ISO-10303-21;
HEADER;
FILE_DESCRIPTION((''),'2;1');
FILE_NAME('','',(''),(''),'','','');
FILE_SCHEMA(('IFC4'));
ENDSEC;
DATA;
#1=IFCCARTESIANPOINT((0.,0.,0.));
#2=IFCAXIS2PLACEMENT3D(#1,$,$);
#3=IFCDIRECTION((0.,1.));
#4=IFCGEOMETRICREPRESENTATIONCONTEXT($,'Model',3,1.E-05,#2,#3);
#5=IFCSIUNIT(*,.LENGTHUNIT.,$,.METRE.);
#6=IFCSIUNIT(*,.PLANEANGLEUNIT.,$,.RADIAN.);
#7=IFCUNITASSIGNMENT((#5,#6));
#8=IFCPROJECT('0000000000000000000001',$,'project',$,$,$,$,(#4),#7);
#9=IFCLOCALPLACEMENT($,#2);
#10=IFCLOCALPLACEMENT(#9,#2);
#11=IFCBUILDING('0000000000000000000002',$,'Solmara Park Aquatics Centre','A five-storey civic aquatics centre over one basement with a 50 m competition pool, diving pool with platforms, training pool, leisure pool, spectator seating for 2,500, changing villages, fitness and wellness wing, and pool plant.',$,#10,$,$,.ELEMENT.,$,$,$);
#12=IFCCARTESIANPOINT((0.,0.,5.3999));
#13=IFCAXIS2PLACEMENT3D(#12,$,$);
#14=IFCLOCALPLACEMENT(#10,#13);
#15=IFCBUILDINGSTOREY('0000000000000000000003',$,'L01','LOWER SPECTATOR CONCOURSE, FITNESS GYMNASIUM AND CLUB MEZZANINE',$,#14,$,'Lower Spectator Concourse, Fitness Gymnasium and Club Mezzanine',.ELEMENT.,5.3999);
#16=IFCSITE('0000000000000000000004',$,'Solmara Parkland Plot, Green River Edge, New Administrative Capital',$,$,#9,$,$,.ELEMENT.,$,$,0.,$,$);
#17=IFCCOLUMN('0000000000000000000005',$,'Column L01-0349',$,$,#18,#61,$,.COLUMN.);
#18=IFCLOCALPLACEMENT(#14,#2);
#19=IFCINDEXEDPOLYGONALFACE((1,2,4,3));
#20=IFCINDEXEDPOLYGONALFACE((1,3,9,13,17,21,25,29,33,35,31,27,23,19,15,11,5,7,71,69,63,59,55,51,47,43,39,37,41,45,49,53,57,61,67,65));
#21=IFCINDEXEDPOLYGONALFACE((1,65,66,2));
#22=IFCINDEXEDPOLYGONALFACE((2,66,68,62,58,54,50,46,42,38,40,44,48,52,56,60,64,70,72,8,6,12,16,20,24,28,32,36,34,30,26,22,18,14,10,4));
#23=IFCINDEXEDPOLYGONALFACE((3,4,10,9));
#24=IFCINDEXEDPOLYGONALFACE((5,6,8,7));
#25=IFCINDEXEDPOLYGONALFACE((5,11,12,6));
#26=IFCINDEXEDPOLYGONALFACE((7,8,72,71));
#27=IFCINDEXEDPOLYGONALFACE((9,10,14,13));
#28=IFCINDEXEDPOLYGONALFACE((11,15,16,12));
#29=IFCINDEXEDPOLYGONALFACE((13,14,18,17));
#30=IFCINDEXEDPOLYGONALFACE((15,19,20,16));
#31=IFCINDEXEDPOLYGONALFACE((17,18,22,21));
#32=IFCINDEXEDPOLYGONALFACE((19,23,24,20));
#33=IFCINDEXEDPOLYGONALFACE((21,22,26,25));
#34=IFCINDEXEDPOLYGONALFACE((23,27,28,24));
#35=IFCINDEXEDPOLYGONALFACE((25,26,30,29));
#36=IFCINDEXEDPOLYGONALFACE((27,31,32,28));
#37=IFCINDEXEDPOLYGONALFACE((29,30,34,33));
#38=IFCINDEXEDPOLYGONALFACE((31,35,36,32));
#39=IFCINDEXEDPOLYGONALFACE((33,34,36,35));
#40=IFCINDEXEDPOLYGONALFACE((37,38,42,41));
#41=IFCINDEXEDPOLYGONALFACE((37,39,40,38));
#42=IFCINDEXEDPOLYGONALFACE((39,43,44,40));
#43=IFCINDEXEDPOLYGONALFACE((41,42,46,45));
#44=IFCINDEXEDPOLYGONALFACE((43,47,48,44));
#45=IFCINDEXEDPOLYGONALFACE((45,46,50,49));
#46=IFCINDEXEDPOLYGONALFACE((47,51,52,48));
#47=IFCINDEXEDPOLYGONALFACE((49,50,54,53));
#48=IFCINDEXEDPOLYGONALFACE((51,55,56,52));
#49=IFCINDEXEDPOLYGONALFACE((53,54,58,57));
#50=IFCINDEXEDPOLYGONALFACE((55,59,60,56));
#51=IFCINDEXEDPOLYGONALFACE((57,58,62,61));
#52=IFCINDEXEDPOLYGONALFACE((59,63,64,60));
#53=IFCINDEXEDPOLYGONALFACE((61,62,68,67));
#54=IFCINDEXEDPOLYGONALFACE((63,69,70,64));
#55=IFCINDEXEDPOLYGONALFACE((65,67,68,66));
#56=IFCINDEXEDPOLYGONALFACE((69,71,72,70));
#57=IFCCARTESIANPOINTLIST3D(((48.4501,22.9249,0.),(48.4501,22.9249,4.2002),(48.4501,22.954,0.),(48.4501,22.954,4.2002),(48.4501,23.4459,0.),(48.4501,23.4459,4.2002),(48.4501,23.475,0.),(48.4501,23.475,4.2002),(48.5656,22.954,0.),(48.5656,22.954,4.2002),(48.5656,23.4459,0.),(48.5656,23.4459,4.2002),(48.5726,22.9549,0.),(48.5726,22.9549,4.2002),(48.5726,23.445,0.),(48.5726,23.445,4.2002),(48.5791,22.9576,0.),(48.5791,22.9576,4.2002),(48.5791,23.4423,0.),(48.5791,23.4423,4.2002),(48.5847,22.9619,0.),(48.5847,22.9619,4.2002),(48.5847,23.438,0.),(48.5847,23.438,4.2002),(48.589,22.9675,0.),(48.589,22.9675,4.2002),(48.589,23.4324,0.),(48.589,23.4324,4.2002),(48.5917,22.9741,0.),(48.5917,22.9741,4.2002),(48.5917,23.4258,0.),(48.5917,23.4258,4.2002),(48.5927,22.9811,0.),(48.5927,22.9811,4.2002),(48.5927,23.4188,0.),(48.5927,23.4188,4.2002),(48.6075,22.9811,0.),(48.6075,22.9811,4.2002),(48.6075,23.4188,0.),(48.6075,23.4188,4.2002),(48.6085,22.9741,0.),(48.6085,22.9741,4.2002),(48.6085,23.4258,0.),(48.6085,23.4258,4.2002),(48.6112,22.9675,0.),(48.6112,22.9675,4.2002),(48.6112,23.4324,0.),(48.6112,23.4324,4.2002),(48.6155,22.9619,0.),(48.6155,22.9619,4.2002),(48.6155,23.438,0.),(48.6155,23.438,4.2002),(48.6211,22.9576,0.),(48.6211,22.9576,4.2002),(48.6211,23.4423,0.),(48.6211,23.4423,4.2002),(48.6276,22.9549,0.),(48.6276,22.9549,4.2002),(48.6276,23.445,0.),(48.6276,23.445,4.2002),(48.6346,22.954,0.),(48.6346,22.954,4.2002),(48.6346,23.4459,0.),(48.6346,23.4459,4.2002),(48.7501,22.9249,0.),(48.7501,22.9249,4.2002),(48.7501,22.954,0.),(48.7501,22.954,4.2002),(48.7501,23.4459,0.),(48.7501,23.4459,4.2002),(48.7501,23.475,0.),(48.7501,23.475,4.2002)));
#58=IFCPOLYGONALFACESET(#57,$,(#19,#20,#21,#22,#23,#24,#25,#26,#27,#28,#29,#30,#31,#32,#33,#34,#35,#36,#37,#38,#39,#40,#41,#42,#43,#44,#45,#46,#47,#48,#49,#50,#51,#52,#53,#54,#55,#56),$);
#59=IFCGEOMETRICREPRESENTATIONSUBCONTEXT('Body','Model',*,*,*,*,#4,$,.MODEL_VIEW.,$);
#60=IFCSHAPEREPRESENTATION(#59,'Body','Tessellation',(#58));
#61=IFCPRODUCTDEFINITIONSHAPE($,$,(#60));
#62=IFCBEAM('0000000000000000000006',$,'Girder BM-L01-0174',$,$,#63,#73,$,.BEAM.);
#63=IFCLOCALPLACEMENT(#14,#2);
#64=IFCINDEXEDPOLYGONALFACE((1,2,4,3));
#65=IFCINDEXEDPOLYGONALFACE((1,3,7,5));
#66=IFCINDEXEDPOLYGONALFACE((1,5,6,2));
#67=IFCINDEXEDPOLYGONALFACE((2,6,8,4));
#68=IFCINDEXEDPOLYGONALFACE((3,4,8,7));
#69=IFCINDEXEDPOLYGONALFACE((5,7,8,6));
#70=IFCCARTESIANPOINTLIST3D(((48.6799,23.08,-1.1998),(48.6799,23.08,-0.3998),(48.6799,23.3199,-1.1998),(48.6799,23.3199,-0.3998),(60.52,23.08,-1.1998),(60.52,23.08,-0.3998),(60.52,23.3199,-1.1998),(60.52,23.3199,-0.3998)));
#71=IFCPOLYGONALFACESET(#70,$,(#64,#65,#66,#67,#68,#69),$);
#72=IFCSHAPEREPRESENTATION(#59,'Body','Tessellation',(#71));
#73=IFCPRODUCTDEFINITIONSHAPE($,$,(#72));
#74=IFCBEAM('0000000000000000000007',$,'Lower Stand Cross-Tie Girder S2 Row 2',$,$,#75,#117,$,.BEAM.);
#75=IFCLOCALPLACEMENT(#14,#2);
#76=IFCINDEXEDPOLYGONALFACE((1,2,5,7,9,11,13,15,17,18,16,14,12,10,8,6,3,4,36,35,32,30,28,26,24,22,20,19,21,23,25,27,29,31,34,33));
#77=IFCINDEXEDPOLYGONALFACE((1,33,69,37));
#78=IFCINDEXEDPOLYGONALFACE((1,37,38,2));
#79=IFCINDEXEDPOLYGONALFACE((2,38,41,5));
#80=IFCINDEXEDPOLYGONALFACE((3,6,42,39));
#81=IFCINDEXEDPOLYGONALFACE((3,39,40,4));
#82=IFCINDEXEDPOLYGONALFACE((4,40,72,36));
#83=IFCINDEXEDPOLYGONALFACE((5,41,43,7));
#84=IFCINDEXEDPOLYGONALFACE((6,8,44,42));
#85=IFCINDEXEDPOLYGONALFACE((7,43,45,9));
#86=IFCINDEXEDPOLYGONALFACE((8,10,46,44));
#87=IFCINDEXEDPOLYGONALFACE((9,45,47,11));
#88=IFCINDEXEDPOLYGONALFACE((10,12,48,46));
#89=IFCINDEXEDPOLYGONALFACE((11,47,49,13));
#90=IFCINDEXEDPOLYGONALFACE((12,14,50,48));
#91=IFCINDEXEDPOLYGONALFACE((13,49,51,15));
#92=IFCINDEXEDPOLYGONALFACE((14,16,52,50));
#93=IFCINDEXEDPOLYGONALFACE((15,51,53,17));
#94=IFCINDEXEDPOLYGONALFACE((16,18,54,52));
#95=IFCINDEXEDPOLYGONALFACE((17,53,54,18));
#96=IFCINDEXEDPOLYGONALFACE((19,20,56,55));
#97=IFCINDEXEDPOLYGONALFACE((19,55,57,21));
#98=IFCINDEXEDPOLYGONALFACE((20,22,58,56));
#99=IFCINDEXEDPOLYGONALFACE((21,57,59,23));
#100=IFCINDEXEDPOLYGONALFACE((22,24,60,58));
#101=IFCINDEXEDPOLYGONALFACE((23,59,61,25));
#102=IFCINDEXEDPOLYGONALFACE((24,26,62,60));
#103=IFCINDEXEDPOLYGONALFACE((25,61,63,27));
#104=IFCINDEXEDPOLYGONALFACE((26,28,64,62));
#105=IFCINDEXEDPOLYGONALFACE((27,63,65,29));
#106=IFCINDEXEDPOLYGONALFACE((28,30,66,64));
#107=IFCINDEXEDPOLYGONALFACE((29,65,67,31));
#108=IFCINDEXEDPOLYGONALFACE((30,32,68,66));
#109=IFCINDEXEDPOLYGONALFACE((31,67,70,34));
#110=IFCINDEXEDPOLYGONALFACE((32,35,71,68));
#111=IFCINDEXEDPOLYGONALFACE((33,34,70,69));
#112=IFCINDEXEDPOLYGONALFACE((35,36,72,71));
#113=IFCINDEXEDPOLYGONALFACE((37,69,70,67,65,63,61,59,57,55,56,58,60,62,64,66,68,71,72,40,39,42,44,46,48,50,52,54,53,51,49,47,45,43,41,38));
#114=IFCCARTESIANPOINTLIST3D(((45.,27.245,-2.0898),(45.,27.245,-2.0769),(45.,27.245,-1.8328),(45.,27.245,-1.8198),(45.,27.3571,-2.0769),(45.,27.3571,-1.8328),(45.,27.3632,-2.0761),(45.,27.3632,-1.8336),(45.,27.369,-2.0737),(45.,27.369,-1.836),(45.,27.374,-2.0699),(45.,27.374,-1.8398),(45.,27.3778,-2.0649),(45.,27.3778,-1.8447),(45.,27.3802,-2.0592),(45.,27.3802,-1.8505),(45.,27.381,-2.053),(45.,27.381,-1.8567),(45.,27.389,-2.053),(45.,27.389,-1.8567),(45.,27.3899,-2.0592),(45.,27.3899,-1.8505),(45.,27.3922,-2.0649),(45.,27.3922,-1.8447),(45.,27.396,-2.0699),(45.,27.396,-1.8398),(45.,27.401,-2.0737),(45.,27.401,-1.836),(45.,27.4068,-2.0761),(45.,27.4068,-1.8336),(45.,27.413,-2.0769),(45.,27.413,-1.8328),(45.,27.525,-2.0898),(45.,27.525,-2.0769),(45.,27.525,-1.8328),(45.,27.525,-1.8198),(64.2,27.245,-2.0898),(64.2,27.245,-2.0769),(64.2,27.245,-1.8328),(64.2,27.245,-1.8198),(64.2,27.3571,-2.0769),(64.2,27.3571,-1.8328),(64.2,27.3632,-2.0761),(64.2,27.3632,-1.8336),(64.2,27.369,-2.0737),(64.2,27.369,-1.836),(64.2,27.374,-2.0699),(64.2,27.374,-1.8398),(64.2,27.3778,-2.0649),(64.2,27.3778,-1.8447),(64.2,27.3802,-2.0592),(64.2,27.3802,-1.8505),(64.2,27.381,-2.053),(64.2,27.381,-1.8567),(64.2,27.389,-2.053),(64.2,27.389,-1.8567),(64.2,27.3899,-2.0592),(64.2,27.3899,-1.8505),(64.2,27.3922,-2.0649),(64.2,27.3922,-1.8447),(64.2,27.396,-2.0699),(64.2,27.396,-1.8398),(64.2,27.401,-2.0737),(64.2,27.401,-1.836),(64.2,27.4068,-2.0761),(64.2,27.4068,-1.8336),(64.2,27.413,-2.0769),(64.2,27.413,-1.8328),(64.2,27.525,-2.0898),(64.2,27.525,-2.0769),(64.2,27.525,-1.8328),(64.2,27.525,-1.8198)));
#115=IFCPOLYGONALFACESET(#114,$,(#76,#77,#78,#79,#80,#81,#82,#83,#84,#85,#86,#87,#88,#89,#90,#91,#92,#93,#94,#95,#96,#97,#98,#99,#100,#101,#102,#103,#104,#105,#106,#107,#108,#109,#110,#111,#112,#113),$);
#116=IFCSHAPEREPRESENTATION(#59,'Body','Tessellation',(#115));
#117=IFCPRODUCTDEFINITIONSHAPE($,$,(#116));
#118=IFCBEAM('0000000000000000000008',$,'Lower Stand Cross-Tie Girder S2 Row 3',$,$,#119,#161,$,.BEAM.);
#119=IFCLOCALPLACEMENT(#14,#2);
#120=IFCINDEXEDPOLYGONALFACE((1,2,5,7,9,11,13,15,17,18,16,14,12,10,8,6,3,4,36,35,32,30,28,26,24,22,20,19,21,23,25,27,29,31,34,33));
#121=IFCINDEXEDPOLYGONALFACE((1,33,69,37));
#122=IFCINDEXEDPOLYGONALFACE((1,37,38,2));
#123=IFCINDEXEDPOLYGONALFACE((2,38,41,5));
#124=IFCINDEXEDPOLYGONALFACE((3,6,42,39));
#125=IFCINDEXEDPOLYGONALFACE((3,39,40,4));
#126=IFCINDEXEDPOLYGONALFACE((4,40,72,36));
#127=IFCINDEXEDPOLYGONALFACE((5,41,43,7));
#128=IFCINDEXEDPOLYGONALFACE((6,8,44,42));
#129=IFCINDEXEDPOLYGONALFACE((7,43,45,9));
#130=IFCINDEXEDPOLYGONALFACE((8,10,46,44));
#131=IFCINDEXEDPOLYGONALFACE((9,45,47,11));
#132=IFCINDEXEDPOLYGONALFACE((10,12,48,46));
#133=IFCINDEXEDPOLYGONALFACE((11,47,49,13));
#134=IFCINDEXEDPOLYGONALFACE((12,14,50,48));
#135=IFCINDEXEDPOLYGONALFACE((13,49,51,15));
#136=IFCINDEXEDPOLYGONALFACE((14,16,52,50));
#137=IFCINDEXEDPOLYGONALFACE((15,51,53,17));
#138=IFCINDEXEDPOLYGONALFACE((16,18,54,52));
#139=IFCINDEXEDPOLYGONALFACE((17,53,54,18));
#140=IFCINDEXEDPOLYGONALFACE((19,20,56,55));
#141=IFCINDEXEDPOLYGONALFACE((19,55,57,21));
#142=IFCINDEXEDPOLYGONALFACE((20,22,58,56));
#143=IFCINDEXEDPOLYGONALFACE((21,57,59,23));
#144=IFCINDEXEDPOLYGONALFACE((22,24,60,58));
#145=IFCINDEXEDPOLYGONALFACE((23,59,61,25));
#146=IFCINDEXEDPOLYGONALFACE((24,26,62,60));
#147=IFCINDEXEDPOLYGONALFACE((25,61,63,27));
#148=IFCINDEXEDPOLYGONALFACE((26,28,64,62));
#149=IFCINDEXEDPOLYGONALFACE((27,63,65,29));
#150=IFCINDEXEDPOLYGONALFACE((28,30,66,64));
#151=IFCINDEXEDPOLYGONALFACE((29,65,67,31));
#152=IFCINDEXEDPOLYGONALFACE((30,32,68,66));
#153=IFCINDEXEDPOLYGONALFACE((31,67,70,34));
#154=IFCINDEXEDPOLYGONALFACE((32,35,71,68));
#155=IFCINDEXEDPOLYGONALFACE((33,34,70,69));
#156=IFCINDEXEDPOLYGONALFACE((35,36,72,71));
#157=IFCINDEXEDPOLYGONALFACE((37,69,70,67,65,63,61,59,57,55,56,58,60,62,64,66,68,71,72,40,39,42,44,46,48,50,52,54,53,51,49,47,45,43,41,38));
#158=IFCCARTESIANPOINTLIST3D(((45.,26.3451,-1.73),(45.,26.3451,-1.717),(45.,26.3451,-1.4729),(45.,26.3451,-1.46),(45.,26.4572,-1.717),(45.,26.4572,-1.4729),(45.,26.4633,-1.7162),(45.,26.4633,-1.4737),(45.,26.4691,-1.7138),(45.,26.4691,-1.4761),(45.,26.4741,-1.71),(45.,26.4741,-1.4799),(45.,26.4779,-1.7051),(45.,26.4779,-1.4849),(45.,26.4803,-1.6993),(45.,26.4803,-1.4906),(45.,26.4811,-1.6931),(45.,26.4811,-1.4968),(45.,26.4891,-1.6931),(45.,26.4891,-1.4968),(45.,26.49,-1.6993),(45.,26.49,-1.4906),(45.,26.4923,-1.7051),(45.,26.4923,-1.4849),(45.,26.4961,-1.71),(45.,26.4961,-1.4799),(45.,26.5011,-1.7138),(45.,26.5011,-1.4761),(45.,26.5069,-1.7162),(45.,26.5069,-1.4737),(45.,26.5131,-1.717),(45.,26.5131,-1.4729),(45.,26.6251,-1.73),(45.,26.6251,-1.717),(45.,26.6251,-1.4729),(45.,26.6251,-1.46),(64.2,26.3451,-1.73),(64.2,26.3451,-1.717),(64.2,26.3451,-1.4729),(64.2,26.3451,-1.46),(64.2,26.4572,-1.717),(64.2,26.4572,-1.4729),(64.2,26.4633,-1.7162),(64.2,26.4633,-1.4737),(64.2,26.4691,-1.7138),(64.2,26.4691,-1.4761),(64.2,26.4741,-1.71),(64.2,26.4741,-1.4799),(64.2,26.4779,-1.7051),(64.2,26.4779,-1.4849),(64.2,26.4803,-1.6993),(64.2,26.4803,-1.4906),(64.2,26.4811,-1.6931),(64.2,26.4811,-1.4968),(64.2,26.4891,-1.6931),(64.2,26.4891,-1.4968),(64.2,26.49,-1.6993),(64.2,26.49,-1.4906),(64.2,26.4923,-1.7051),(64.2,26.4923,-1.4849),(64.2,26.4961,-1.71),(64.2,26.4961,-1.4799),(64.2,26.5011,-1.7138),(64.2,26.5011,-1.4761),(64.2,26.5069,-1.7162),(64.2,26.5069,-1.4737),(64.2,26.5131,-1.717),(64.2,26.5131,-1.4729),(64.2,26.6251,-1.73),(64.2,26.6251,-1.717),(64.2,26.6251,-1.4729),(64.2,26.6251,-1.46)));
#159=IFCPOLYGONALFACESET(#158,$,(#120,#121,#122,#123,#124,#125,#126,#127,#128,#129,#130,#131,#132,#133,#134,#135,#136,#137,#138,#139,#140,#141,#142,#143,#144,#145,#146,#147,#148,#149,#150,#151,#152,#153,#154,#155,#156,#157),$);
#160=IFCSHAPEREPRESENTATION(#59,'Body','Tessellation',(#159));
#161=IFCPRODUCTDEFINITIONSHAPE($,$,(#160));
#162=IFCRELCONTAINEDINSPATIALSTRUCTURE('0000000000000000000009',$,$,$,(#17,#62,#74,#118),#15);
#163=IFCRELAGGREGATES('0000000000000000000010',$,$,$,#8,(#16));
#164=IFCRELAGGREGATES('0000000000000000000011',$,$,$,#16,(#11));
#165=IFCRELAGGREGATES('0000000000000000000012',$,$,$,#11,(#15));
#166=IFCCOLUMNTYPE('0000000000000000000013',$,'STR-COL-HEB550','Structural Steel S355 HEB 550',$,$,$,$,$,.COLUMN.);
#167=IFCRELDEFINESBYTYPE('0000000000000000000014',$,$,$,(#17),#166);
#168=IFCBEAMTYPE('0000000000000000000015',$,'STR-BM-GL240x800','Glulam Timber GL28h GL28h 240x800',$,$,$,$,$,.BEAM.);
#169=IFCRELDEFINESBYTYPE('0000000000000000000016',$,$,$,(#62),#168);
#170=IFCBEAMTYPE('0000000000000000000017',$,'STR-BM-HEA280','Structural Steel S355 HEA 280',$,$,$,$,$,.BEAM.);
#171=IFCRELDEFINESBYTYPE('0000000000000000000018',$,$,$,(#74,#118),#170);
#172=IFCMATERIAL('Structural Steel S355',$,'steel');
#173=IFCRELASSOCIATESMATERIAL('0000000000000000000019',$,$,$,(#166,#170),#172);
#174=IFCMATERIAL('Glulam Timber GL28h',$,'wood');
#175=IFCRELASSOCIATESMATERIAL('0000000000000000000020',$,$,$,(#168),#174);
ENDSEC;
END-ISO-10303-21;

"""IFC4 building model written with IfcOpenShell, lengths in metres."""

from ifc_helpers import new_model, si_unit, direction, frame, origin, origin_2d, place, context, subcontext, project, spatial, rectangle, i_section, extrude, material, material_profile, profile_set, type_object, element, save


model = new_model("IFC4")

# Units and contexts
model_context = context("Model", 3, precision=1e-05, world=origin(), true_north=direction((0.0, 1.0)))
body_context = subcontext(model_context, "Body", "Model", "MODEL_VIEW")
ifc_project = project(units=[si_unit("LENGTHUNIT", "METRE"), si_unit("PLANEANGLEUNIT", "RADIAN")], contexts=[model_context])

# Site, building, storey
site_placement = place(None, origin())
site = spatial("IfcSite", under=ifc_project, at=site_placement, Name="Solmara Parkland Plot, Green River Edge, New Administrative Capital", CompositionType="ELEMENT", RefElevation=0.0)
building_placement = place(site_placement, origin())
building = spatial("IfcBuilding", under=site, at=building_placement, Name="Solmara Park Aquatics Centre", Description="A five-storey civic aquatics centre over one basement with a 50 m competition pool, diving pool with platforms, training pool, leisure pool, spectator seating for 2,500, changing villages, fitness and wellness wing, and pool plant.", CompositionType="ELEMENT")
storey_placement = place(building_placement, frame((0.0, 0.0, 5.3999)))
storey = spatial("IfcBuildingStorey", under=building, at=storey_placement, Name="L01", Description="LOWER SPECTATOR CONCOURSE, FITNESS GYMNASIUM AND CLUB MEZZANINE", LongName="Lower Spectator Concourse, Fitness Gymnasium and Club Mezzanine", CompositionType="ELEMENT", Elevation=5.3999)

# Column
ifc_material_1 = material(Name="Structural Steel S355", Category="steel")
ifc_material_profile_1 = material_profile(ifc_material_1, i_section(OverallWidth=0.3, OverallDepth=0.55, WebThickness=0.0149, FlangeThickness=0.0291, FilletRadius=0.0271, at=origin_2d()), Name="HEB 550")
ifc_profile_set_1 = profile_set([ifc_material_profile_1], Name="Structural Steel S355")
column_type_1 = type_object("IfcColumnType", Name="STR-COL-HEB550", Description="Structural Steel S355 HEB 550", PredefinedType="COLUMN", material=ifc_profile_set_1)
for number, where, z_axis, x_axis, name in (
    (1, (48.6001, 23.2, 0.0), (0.0, 0.0, 1.0), (1.0, 0.0, 0.0), "Column L01-0349"),
):
    element("IfcColumn", number, at=place(storey_placement, frame(where, z_axis=z_axis, x_axis=x_axis)), inside=storey, type_object=column_type_1, Name=name, PredefinedType="COLUMN", context=body_context, shape_type="SweptSolid", body=[
        extrude(i_section(OverallWidth=0.3, OverallDepth=0.55, WebThickness=0.0149, FlangeThickness=0.0291, FilletRadius=0.0271, at=origin_2d()), origin(), (0.0, 0.0, 1.0), 4.2002),
    ])

# Beams
ifc_material_2 = material(Name="Glulam Timber GL28h", Category="wood")
ifc_material_profile_2 = material_profile(ifc_material_2, rectangle(XDim=0.24, YDim=0.8, at=origin_2d()), Name="GL28h 240x800")
ifc_profile_set_2 = profile_set([ifc_material_profile_2], Name="Glulam Timber GL28h")
beam_type_1 = type_object("IfcBeamType", Name="STR-BM-GL240x800", Description="Glulam Timber GL28h GL28h 240x800", PredefinedType="BEAM", material=ifc_profile_set_2)
beam_1_placement = place(storey_placement, frame((48.6799, 23.2, -0.7998), z_axis=(1.0, 0.0, 0.0), x_axis=(0.0, 1.0, 0.0)))
element("IfcBeam", 2, at=beam_1_placement, inside=storey, type_object=beam_type_1, Name="Girder BM-L01-0174", PredefinedType="BEAM", context=body_context, shape_type="SweptSolid", body=[
    extrude(rectangle(XDim=0.24, YDim=0.8, at=origin_2d()), origin(), (0.0, 0.0, 1.0), 11.8401),
])
ifc_material_profile_3 = material_profile(ifc_material_1, i_section(OverallWidth=0.28, OverallDepth=0.27, WebThickness=0.0081, FlangeThickness=0.0129, FilletRadius=0.0239, at=origin_2d()), Name="HEA 280")
ifc_profile_set_3 = profile_set([ifc_material_profile_3], Name="Structural Steel S355")
beam_type_2 = type_object("IfcBeamType", Name="STR-BM-HEA280", Description="Structural Steel S355 HEA 280", PredefinedType="BEAM", material=ifc_profile_set_3)
for number, where, z_axis, x_axis, name in (
    (3, (45.0, 27.385, -1.9548), (1.0, 0.0, 0.0), (0.0, 1.0, 0.0), "Lower Stand Cross-Tie Girder S2 Row 2"),
    (4, (45.0, 26.4851, -1.595), (1.0, 0.0, 0.0), (0.0, 1.0, 0.0), "Lower Stand Cross-Tie Girder S2 Row 3"),
):
    element("IfcBeam", number, at=place(storey_placement, frame(where, z_axis=z_axis, x_axis=x_axis)), inside=storey, type_object=beam_type_2, Name=name, PredefinedType="BEAM", context=body_context, shape_type="SweptSolid", body=[
        extrude(i_section(OverallWidth=0.28, OverallDepth=0.27, WebThickness=0.0081, FlangeThickness=0.0129, FilletRadius=0.0239, at=origin_2d()), origin(), (0.0, 0.0, 1.0), 19.2),
    ])

save(model, "model.ifc")
